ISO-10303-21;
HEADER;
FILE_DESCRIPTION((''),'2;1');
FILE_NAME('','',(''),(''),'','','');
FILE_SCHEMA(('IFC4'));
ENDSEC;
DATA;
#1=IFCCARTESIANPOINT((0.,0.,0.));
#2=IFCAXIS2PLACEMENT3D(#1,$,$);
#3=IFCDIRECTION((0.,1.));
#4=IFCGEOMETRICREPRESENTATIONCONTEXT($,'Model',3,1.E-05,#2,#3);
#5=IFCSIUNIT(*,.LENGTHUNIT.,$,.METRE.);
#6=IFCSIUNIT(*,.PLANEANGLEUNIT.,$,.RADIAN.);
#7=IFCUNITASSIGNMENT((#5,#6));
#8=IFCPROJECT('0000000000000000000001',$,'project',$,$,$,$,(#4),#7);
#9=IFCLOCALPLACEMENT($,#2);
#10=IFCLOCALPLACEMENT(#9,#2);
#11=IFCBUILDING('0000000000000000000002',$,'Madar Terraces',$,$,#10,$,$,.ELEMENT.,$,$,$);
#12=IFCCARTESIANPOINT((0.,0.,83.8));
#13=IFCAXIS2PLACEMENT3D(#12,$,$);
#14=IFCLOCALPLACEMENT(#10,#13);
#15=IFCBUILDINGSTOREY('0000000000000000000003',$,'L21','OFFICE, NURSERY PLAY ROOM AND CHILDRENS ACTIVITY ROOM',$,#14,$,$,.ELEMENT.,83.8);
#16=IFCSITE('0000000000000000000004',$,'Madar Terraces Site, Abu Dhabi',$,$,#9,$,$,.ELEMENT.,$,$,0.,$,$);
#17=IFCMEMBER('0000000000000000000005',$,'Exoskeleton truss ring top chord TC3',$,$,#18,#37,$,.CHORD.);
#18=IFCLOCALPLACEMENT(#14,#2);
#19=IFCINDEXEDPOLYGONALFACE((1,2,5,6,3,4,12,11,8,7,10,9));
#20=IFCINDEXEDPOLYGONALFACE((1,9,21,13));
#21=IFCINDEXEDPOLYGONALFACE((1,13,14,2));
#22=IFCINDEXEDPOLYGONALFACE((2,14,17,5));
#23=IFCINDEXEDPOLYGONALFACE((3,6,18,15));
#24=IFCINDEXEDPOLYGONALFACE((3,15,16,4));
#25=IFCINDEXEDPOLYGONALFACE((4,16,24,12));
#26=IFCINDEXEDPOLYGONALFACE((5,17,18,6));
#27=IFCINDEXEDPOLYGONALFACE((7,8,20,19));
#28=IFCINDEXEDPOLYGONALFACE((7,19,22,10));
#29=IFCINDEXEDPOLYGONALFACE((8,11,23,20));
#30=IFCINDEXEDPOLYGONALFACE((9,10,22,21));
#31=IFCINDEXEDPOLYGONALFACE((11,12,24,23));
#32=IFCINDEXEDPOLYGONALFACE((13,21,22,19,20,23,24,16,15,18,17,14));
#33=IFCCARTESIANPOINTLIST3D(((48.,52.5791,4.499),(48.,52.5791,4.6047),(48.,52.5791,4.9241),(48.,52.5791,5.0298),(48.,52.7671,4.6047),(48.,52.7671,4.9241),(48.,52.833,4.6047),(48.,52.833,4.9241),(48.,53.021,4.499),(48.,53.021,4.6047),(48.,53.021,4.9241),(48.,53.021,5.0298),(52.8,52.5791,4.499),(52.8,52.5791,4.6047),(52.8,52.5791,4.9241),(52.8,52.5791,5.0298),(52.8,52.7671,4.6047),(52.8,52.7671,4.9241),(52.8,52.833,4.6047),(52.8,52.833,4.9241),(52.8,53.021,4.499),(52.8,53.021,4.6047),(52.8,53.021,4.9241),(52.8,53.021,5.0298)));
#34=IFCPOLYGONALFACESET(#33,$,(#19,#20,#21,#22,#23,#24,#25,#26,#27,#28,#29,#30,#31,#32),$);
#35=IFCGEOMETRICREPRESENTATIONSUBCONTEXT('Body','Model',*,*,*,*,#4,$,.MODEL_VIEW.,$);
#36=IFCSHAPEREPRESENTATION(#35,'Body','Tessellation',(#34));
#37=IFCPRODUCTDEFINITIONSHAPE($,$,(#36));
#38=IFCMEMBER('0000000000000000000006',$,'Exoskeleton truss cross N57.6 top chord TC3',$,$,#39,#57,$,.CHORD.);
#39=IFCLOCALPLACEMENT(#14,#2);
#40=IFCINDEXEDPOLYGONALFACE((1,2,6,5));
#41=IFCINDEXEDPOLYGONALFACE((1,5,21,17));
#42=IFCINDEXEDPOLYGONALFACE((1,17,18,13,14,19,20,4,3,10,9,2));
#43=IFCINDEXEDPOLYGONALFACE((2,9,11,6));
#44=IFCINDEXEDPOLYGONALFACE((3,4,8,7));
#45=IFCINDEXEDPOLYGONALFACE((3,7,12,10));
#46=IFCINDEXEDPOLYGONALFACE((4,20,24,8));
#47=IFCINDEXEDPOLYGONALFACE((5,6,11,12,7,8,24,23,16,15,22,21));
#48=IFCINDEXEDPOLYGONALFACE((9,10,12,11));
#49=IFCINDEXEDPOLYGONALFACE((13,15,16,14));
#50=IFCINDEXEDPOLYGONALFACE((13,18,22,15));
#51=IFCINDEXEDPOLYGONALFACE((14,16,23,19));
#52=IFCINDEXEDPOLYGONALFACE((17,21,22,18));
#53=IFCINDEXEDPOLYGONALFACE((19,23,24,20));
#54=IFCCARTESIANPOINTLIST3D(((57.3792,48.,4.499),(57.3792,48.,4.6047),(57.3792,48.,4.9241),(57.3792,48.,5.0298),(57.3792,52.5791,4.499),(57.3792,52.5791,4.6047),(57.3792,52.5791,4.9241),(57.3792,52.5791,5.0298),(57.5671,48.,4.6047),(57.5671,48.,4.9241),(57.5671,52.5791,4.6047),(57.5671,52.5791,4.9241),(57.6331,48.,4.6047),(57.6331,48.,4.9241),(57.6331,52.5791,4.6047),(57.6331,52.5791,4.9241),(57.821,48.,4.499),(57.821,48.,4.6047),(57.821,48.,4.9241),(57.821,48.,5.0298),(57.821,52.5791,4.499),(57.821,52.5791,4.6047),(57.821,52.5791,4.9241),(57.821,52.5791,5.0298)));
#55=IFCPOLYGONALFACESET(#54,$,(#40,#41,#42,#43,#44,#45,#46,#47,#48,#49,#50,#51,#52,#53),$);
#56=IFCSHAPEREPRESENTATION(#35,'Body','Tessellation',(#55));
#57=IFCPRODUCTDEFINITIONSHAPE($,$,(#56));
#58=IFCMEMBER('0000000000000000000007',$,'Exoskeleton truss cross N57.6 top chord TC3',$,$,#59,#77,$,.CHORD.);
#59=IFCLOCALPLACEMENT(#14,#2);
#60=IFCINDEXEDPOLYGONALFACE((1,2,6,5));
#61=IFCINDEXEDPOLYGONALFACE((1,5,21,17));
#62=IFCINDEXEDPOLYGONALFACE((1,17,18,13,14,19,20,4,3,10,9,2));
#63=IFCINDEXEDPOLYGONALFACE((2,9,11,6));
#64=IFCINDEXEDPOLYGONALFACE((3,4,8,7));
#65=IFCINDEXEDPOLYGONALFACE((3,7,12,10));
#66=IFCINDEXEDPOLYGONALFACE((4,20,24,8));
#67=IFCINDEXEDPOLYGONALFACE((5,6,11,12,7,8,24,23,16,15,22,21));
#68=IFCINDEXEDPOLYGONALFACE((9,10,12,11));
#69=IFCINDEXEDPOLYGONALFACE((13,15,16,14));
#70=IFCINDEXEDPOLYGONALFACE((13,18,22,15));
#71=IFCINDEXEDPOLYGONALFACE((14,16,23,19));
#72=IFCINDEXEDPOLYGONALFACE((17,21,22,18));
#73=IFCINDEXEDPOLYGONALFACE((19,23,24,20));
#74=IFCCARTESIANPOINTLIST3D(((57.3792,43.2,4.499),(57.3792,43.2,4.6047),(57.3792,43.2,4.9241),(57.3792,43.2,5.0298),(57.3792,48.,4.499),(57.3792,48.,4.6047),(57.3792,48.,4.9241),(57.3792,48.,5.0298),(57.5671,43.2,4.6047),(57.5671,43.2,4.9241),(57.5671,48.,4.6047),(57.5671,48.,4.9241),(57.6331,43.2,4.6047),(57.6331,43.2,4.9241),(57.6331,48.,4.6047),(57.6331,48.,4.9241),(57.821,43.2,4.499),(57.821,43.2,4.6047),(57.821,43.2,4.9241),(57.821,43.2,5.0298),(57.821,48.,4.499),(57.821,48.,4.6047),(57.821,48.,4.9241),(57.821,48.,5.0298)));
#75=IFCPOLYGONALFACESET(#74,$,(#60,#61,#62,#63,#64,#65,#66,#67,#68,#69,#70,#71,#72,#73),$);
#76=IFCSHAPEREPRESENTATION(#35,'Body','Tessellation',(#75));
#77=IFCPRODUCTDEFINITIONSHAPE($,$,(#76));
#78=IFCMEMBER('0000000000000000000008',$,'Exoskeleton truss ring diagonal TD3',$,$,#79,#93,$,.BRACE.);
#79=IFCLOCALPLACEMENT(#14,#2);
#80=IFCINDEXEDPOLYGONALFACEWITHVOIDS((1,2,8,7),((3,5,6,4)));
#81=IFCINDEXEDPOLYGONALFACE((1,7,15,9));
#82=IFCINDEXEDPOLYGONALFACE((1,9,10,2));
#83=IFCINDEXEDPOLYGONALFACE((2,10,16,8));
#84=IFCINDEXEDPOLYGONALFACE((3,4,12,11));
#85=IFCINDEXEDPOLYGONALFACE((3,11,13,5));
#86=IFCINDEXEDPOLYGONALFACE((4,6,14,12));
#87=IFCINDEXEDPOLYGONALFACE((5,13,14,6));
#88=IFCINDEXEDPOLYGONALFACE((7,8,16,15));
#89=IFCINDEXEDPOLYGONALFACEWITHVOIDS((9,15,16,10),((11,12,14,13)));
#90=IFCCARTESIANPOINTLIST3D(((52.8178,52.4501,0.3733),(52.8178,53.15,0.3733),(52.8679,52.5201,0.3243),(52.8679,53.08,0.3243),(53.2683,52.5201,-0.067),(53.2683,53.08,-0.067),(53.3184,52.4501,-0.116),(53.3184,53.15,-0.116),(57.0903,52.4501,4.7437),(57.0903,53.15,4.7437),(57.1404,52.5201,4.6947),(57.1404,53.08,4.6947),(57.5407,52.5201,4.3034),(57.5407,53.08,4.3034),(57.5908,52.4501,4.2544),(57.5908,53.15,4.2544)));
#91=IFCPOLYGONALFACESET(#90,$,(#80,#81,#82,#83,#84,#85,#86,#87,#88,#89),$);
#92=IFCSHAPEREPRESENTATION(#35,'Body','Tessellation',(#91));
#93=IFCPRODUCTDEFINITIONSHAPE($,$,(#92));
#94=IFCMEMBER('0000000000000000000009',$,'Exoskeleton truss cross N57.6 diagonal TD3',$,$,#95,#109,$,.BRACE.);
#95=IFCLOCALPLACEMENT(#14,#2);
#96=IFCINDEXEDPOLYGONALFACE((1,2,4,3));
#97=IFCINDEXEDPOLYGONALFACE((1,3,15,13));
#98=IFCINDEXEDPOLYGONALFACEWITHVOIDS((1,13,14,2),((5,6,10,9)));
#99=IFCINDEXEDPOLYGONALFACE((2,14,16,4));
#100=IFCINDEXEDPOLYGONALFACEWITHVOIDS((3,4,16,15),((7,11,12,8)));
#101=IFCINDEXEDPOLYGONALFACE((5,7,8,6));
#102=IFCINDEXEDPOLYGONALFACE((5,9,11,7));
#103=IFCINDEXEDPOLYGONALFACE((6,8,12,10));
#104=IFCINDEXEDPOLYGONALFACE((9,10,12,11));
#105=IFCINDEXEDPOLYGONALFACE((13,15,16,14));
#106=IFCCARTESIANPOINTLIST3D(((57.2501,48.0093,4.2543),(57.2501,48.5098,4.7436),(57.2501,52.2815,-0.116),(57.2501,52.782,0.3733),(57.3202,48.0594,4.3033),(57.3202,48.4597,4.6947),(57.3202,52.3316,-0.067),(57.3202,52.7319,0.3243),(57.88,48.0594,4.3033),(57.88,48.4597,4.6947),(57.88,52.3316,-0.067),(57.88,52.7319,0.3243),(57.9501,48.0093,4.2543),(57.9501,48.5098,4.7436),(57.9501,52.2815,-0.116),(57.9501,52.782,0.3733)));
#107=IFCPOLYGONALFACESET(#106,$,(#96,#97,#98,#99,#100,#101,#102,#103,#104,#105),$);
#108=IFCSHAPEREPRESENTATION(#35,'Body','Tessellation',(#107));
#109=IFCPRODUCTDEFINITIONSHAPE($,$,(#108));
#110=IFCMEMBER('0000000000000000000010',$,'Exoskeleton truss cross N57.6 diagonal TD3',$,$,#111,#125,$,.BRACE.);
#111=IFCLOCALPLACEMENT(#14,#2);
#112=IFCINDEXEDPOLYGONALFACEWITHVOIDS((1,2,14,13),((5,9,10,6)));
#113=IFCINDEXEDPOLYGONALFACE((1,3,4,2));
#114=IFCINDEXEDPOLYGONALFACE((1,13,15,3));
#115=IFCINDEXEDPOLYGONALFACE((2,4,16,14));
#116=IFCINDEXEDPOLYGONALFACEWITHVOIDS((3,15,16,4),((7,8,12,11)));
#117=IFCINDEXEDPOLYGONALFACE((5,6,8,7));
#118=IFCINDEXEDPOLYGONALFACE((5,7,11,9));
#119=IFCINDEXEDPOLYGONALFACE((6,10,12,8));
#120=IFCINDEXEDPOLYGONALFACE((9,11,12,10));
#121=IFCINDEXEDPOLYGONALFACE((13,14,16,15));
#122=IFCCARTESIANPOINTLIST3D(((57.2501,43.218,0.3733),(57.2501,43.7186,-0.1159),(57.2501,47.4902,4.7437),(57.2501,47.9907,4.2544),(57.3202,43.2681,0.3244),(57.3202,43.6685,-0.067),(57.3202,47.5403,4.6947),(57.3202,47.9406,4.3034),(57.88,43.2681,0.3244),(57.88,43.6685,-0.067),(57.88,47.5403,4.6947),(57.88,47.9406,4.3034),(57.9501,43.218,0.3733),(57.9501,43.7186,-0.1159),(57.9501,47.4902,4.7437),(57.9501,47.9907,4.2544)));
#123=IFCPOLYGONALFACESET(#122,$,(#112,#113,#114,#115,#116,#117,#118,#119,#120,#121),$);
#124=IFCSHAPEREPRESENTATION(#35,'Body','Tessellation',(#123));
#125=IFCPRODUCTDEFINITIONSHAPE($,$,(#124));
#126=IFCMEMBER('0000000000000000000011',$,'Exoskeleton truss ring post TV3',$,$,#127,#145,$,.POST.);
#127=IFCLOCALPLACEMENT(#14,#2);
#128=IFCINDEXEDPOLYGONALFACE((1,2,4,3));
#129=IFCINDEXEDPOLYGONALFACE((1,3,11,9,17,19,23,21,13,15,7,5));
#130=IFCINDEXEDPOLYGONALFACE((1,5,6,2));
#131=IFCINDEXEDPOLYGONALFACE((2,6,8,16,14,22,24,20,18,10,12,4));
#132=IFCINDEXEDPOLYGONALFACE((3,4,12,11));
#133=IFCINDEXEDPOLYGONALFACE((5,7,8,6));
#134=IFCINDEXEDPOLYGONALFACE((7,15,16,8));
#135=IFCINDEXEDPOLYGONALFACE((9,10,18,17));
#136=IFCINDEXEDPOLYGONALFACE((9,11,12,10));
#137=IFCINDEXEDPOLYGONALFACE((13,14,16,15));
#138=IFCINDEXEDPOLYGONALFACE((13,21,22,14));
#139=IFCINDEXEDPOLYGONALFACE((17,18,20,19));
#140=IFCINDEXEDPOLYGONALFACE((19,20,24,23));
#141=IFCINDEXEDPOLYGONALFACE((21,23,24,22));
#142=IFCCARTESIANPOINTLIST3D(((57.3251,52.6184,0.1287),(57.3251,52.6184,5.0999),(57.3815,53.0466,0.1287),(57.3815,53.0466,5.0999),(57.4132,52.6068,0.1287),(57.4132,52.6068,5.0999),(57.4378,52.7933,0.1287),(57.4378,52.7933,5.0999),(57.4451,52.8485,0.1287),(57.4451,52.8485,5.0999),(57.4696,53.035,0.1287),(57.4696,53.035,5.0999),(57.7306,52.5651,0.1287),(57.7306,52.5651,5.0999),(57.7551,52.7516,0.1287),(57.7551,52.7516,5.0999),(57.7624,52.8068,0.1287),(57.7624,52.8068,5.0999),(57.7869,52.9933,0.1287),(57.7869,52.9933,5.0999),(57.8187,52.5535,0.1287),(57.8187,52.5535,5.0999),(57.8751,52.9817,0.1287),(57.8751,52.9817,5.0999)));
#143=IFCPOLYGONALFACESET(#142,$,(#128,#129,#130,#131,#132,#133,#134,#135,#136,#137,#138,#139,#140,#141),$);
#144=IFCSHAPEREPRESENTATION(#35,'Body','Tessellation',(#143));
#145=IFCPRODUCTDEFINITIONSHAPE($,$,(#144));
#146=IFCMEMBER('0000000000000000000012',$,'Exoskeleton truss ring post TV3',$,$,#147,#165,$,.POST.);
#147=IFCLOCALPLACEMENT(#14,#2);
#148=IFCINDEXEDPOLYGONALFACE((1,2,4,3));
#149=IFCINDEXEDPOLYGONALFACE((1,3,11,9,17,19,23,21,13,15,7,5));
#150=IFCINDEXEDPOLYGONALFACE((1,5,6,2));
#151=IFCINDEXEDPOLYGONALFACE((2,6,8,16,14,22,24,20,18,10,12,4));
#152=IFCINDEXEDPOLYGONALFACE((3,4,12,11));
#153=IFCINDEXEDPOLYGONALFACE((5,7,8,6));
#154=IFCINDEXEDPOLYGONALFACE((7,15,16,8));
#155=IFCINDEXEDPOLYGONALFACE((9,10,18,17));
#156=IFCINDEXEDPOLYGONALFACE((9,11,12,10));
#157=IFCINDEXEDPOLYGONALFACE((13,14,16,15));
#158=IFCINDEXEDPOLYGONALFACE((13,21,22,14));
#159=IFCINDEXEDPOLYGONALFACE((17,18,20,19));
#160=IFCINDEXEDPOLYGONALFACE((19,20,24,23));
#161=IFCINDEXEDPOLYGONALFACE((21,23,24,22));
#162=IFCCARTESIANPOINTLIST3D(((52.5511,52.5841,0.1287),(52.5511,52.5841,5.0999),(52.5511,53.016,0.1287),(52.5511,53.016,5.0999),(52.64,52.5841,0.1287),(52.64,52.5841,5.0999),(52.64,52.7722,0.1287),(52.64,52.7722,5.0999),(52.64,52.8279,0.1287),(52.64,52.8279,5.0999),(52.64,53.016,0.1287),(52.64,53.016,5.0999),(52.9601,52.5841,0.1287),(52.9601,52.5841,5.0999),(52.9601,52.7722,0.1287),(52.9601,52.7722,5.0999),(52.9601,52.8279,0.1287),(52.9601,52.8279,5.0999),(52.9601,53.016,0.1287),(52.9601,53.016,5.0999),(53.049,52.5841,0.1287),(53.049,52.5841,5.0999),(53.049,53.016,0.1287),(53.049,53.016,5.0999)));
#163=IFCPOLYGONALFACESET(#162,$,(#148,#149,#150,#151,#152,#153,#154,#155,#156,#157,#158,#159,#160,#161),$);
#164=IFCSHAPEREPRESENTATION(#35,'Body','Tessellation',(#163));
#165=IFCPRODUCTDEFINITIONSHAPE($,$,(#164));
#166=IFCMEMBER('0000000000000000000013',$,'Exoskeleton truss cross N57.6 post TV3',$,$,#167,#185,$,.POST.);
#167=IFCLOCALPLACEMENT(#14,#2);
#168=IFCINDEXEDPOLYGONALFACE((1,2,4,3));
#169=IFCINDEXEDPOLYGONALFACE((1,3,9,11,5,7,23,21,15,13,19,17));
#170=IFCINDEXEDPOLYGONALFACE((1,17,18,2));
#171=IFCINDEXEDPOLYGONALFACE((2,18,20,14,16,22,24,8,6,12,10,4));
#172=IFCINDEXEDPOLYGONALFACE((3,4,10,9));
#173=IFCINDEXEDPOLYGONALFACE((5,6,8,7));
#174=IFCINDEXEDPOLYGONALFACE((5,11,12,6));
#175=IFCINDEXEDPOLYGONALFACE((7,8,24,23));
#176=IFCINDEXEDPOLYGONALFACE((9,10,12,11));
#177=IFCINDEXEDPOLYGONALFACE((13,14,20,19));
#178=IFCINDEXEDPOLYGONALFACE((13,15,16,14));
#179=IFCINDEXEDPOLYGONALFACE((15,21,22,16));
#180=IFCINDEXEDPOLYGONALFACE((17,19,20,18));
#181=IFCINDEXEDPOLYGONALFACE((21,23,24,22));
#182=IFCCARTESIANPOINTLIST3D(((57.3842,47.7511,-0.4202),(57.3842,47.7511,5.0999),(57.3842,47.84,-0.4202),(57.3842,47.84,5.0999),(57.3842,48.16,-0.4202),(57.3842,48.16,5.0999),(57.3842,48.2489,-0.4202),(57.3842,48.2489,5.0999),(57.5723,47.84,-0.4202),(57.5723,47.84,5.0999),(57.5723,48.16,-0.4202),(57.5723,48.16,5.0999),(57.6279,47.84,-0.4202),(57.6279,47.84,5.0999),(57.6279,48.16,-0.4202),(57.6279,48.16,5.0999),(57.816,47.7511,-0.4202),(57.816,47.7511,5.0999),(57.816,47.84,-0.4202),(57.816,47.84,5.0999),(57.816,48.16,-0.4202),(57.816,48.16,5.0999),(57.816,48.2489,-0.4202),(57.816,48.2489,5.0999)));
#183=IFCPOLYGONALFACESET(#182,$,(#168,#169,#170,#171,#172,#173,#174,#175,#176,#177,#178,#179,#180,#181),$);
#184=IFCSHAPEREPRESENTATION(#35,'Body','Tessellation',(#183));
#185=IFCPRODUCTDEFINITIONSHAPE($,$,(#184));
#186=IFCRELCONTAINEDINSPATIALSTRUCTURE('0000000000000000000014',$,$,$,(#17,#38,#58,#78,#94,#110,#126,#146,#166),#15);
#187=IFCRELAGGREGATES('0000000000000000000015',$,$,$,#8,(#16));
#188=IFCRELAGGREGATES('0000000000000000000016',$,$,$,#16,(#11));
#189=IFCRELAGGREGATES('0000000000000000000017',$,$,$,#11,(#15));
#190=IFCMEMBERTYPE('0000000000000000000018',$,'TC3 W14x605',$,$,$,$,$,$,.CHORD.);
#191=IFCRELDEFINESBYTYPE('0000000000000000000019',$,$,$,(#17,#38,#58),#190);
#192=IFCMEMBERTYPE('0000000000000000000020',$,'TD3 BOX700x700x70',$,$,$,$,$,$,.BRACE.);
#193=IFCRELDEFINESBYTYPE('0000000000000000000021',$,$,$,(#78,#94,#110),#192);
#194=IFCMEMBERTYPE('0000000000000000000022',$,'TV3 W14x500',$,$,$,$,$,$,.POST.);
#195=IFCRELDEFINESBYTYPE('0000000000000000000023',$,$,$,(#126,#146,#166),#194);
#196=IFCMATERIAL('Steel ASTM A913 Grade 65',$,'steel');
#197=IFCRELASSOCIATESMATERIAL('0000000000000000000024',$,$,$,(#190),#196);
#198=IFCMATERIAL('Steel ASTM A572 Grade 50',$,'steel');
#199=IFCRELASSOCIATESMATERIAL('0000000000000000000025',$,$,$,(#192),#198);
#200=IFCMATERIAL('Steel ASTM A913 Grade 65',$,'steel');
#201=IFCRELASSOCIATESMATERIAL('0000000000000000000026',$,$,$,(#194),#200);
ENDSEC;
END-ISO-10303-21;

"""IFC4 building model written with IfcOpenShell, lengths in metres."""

from ifc_helpers import new_model, si_unit, direction, frame, origin, origin_2d, place, context, subcontext, project, spatial, hollow_rectangle, i_section, extrude, material, material_profile, profile_set, type_object, element, save


model = new_model("IFC4")

# Units and contexts
model_context = context("Model", 3, precision=1e-05, world=origin(), true_north=direction((0.0, 1.0)))
body_context = subcontext(model_context, "Body", "Model", "MODEL_VIEW")
ifc_project = project(units=[si_unit("LENGTHUNIT", "METRE"), si_unit("PLANEANGLEUNIT", "RADIAN")], contexts=[model_context])

# Site, building, storey
site_placement = place(None, origin())
site = spatial("IfcSite", under=ifc_project, at=site_placement, Name="Madar Terraces Site, Abu Dhabi", CompositionType="ELEMENT", RefElevation=0.0)
building_placement = place(site_placement, origin())
building = spatial("IfcBuilding", under=site, at=building_placement, Name="Madar Terraces", CompositionType="ELEMENT")
storey_placement = place(building_placement, frame((0.0, 0.0, 83.8)))
storey = spatial("IfcBuildingStorey", under=building, at=storey_placement, Name="L21", Description="OFFICE, NURSERY PLAY ROOM AND CHILDRENS ACTIVITY ROOM", CompositionType="ELEMENT", Elevation=83.8)

# Members
ifc_material_1 = material(Name="Steel ASTM A913 Grade 65", Category="steel")
ifc_material_profile_1 = material_profile(ifc_material_1, i_section(OverallWidth=0.4419, OverallDepth=0.5308, WebThickness=0.0659, FlangeThickness=0.1057, at=origin_2d()), Name="W14x605")
ifc_profile_set_1 = profile_set([ifc_material_profile_1], Name="Steel ASTM A913 Grade 65")
member_type_1 = type_object("IfcMemberType", Name="TC3 W14x605", PredefinedType="CHORD", material=ifc_profile_set_1)
for number, where, z_axis, x_axis, name in (
    (1, (52.8, 52.8, 4.7644), (-1.0, 0.0, 0.0), (0.0, -1.0, 0.0), "Exoskeleton truss ring top chord TC3"),
):
    element("IfcMember", number, at=place(storey_placement, frame(where, z_axis=z_axis, x_axis=x_axis)), inside=storey, type_object=member_type_1, Name=name, PredefinedType="CHORD", context=body_context, shape_type="SweptSolid", body=[
        extrude(i_section(OverallWidth=0.4419, OverallDepth=0.5308, WebThickness=0.0659, FlangeThickness=0.1057, at=origin_2d()), origin(), (0.0, 0.0, 1.0), 4.8),
    ])
member_1_placement = place(storey_placement, frame((57.6001, 52.5791, 4.7644), z_axis=(0.0, -1.0, 0.0), x_axis=(1.0, 0.0, 0.0)))
element("IfcMember", 2, at=member_1_placement, inside=storey, type_object=member_type_1, Name="Exoskeleton truss cross N57.6 top chord TC3", PredefinedType="CHORD", context=body_context, shape_type="SweptSolid", body=[
    extrude(i_section(OverallWidth=0.4419, OverallDepth=0.5308, WebThickness=0.0659, FlangeThickness=0.1057, at=origin_2d()), origin(), (0.0, 0.0, 1.0), 4.5791),
])
member_2_placement = place(storey_placement, frame((57.6001, 48.0, 4.7644), z_axis=(0.0, -1.0, 0.0), x_axis=(1.0, 0.0, 0.0)))
element("IfcMember", 3, at=member_2_placement, inside=storey, type_object=member_type_1, Name="Exoskeleton truss cross N57.6 top chord TC3", PredefinedType="CHORD", context=body_context, shape_type="SweptSolid", body=[
    extrude(i_section(OverallWidth=0.4419, OverallDepth=0.5308, WebThickness=0.0659, FlangeThickness=0.1057, at=origin_2d()), origin(), (0.0, 0.0, 1.0), 4.8),
])
ifc_material_2 = material(Name="Steel ASTM A572 Grade 50", Category="steel")
ifc_material_profile_2 = material_profile(ifc_material_2, hollow_rectangle(XDim=0.7, YDim=0.7, WallThickness=0.0701, at=origin_2d()), Name="BOX700x700x70")
ifc_profile_set_2 = profile_set([ifc_material_profile_2], Name="Steel ASTM A572 Grade 50")
member_type_2 = type_object("IfcMemberType", Name="TD3 BOX700x700x70", PredefinedType="BRACE", material=ifc_profile_set_2)
member_3_placement = place(storey_placement, frame((57.3406, 52.8, 4.499), z_axis=(-0.699052, 0.0, -0.715071), x_axis=(0.0, -1.0, 0.0)))
element("IfcMember", 4, at=member_3_placement, inside=storey, type_object=member_type_2, Name="Exoskeleton truss ring diagonal TD3", PredefinedType="BRACE", context=body_context, shape_type="SweptSolid", body=[
    extrude(hollow_rectangle(XDim=0.7, YDim=0.7, WallThickness=0.0701, at=origin_2d()), origin(), (0.0, 0.0, 1.0), 6.1118),
])
for number, where, z_axis, x_axis, name in (
    (5, (57.6001, 52.5317, 0.1287), (0.0, -0.699032, 0.715091), (1.0, 0.0, 0.0), "Exoskeleton truss cross N57.6 diagonal TD3"),
    (6, (57.6001, 47.7405, 4.499), (0.0, -0.699032, -0.715091), (1.0, 0.0, 0.0), "Exoskeleton truss cross N57.6 diagonal TD3"),
):
    element("IfcMember", number, at=place(storey_placement, frame(where, z_axis=z_axis, x_axis=x_axis)), inside=storey, type_object=member_type_2, Name=name, PredefinedType="BRACE", context=body_context, shape_type="SweptSolid", body=[
        extrude(hollow_rectangle(XDim=0.7, YDim=0.7, WallThickness=0.0701, at=origin_2d()), origin(), (0.0, 0.0, 1.0), 6.1116),
    ])
ifc_material_3 = material(Name="Steel ASTM A913 Grade 65", Category="steel")
ifc_material_profile_3 = material_profile(ifc_material_3, i_section(OverallWidth=0.4319, OverallDepth=0.4978, WebThickness=0.0557, FlangeThickness=0.0889, at=origin_2d()), Name="W14x500")
ifc_profile_set_3 = profile_set([ifc_material_profile_3], Name="Steel ASTM A913 Grade 65")
member_type_3 = type_object("IfcMemberType", Name="TV3 W14x500", PredefinedType="POST", material=ifc_profile_set_3)
for number, where, z_axis, x_axis, name in (
    (7, (57.6001, 52.8, 0.1287), (0.0, 0.0, 1.0), (-0.130526, -0.991445, 0.0), "Exoskeleton truss ring post TV3"),
    (8, (52.8, 52.8, 0.1287), (0.0, 0.0, 1.0), (0.0, -1.0, 0.0), "Exoskeleton truss ring post TV3"),
):
    element("IfcMember", number, at=place(storey_placement, frame(where, z_axis=z_axis, x_axis=x_axis)), inside=storey, type_object=member_type_3, Name=name, PredefinedType="POST", context=body_context, shape_type="SweptSolid", body=[
        extrude(i_section(OverallWidth=0.4319, OverallDepth=0.4978, WebThickness=0.0557, FlangeThickness=0.0889, at=origin_2d()), origin(), (0.0, 0.0, 1.0), 4.9712),
    ])
member_4_placement = place(storey_placement, frame((57.6001, 48.0, -0.4202), z_axis=(0.0, 0.0, 1.0), x_axis=(-1.0, 0.0, 0.0)))
element("IfcMember", 9, at=member_4_placement, inside=storey, type_object=member_type_3, Name="Exoskeleton truss cross N57.6 post TV3", PredefinedType="POST", context=body_context, shape_type="SweptSolid", body=[
    extrude(i_section(OverallWidth=0.4319, OverallDepth=0.4978, WebThickness=0.0557, FlangeThickness=0.0889, at=origin_2d()), origin(), (0.0, 0.0, 1.0), 5.52),
])

save(model, "model.ifc")
